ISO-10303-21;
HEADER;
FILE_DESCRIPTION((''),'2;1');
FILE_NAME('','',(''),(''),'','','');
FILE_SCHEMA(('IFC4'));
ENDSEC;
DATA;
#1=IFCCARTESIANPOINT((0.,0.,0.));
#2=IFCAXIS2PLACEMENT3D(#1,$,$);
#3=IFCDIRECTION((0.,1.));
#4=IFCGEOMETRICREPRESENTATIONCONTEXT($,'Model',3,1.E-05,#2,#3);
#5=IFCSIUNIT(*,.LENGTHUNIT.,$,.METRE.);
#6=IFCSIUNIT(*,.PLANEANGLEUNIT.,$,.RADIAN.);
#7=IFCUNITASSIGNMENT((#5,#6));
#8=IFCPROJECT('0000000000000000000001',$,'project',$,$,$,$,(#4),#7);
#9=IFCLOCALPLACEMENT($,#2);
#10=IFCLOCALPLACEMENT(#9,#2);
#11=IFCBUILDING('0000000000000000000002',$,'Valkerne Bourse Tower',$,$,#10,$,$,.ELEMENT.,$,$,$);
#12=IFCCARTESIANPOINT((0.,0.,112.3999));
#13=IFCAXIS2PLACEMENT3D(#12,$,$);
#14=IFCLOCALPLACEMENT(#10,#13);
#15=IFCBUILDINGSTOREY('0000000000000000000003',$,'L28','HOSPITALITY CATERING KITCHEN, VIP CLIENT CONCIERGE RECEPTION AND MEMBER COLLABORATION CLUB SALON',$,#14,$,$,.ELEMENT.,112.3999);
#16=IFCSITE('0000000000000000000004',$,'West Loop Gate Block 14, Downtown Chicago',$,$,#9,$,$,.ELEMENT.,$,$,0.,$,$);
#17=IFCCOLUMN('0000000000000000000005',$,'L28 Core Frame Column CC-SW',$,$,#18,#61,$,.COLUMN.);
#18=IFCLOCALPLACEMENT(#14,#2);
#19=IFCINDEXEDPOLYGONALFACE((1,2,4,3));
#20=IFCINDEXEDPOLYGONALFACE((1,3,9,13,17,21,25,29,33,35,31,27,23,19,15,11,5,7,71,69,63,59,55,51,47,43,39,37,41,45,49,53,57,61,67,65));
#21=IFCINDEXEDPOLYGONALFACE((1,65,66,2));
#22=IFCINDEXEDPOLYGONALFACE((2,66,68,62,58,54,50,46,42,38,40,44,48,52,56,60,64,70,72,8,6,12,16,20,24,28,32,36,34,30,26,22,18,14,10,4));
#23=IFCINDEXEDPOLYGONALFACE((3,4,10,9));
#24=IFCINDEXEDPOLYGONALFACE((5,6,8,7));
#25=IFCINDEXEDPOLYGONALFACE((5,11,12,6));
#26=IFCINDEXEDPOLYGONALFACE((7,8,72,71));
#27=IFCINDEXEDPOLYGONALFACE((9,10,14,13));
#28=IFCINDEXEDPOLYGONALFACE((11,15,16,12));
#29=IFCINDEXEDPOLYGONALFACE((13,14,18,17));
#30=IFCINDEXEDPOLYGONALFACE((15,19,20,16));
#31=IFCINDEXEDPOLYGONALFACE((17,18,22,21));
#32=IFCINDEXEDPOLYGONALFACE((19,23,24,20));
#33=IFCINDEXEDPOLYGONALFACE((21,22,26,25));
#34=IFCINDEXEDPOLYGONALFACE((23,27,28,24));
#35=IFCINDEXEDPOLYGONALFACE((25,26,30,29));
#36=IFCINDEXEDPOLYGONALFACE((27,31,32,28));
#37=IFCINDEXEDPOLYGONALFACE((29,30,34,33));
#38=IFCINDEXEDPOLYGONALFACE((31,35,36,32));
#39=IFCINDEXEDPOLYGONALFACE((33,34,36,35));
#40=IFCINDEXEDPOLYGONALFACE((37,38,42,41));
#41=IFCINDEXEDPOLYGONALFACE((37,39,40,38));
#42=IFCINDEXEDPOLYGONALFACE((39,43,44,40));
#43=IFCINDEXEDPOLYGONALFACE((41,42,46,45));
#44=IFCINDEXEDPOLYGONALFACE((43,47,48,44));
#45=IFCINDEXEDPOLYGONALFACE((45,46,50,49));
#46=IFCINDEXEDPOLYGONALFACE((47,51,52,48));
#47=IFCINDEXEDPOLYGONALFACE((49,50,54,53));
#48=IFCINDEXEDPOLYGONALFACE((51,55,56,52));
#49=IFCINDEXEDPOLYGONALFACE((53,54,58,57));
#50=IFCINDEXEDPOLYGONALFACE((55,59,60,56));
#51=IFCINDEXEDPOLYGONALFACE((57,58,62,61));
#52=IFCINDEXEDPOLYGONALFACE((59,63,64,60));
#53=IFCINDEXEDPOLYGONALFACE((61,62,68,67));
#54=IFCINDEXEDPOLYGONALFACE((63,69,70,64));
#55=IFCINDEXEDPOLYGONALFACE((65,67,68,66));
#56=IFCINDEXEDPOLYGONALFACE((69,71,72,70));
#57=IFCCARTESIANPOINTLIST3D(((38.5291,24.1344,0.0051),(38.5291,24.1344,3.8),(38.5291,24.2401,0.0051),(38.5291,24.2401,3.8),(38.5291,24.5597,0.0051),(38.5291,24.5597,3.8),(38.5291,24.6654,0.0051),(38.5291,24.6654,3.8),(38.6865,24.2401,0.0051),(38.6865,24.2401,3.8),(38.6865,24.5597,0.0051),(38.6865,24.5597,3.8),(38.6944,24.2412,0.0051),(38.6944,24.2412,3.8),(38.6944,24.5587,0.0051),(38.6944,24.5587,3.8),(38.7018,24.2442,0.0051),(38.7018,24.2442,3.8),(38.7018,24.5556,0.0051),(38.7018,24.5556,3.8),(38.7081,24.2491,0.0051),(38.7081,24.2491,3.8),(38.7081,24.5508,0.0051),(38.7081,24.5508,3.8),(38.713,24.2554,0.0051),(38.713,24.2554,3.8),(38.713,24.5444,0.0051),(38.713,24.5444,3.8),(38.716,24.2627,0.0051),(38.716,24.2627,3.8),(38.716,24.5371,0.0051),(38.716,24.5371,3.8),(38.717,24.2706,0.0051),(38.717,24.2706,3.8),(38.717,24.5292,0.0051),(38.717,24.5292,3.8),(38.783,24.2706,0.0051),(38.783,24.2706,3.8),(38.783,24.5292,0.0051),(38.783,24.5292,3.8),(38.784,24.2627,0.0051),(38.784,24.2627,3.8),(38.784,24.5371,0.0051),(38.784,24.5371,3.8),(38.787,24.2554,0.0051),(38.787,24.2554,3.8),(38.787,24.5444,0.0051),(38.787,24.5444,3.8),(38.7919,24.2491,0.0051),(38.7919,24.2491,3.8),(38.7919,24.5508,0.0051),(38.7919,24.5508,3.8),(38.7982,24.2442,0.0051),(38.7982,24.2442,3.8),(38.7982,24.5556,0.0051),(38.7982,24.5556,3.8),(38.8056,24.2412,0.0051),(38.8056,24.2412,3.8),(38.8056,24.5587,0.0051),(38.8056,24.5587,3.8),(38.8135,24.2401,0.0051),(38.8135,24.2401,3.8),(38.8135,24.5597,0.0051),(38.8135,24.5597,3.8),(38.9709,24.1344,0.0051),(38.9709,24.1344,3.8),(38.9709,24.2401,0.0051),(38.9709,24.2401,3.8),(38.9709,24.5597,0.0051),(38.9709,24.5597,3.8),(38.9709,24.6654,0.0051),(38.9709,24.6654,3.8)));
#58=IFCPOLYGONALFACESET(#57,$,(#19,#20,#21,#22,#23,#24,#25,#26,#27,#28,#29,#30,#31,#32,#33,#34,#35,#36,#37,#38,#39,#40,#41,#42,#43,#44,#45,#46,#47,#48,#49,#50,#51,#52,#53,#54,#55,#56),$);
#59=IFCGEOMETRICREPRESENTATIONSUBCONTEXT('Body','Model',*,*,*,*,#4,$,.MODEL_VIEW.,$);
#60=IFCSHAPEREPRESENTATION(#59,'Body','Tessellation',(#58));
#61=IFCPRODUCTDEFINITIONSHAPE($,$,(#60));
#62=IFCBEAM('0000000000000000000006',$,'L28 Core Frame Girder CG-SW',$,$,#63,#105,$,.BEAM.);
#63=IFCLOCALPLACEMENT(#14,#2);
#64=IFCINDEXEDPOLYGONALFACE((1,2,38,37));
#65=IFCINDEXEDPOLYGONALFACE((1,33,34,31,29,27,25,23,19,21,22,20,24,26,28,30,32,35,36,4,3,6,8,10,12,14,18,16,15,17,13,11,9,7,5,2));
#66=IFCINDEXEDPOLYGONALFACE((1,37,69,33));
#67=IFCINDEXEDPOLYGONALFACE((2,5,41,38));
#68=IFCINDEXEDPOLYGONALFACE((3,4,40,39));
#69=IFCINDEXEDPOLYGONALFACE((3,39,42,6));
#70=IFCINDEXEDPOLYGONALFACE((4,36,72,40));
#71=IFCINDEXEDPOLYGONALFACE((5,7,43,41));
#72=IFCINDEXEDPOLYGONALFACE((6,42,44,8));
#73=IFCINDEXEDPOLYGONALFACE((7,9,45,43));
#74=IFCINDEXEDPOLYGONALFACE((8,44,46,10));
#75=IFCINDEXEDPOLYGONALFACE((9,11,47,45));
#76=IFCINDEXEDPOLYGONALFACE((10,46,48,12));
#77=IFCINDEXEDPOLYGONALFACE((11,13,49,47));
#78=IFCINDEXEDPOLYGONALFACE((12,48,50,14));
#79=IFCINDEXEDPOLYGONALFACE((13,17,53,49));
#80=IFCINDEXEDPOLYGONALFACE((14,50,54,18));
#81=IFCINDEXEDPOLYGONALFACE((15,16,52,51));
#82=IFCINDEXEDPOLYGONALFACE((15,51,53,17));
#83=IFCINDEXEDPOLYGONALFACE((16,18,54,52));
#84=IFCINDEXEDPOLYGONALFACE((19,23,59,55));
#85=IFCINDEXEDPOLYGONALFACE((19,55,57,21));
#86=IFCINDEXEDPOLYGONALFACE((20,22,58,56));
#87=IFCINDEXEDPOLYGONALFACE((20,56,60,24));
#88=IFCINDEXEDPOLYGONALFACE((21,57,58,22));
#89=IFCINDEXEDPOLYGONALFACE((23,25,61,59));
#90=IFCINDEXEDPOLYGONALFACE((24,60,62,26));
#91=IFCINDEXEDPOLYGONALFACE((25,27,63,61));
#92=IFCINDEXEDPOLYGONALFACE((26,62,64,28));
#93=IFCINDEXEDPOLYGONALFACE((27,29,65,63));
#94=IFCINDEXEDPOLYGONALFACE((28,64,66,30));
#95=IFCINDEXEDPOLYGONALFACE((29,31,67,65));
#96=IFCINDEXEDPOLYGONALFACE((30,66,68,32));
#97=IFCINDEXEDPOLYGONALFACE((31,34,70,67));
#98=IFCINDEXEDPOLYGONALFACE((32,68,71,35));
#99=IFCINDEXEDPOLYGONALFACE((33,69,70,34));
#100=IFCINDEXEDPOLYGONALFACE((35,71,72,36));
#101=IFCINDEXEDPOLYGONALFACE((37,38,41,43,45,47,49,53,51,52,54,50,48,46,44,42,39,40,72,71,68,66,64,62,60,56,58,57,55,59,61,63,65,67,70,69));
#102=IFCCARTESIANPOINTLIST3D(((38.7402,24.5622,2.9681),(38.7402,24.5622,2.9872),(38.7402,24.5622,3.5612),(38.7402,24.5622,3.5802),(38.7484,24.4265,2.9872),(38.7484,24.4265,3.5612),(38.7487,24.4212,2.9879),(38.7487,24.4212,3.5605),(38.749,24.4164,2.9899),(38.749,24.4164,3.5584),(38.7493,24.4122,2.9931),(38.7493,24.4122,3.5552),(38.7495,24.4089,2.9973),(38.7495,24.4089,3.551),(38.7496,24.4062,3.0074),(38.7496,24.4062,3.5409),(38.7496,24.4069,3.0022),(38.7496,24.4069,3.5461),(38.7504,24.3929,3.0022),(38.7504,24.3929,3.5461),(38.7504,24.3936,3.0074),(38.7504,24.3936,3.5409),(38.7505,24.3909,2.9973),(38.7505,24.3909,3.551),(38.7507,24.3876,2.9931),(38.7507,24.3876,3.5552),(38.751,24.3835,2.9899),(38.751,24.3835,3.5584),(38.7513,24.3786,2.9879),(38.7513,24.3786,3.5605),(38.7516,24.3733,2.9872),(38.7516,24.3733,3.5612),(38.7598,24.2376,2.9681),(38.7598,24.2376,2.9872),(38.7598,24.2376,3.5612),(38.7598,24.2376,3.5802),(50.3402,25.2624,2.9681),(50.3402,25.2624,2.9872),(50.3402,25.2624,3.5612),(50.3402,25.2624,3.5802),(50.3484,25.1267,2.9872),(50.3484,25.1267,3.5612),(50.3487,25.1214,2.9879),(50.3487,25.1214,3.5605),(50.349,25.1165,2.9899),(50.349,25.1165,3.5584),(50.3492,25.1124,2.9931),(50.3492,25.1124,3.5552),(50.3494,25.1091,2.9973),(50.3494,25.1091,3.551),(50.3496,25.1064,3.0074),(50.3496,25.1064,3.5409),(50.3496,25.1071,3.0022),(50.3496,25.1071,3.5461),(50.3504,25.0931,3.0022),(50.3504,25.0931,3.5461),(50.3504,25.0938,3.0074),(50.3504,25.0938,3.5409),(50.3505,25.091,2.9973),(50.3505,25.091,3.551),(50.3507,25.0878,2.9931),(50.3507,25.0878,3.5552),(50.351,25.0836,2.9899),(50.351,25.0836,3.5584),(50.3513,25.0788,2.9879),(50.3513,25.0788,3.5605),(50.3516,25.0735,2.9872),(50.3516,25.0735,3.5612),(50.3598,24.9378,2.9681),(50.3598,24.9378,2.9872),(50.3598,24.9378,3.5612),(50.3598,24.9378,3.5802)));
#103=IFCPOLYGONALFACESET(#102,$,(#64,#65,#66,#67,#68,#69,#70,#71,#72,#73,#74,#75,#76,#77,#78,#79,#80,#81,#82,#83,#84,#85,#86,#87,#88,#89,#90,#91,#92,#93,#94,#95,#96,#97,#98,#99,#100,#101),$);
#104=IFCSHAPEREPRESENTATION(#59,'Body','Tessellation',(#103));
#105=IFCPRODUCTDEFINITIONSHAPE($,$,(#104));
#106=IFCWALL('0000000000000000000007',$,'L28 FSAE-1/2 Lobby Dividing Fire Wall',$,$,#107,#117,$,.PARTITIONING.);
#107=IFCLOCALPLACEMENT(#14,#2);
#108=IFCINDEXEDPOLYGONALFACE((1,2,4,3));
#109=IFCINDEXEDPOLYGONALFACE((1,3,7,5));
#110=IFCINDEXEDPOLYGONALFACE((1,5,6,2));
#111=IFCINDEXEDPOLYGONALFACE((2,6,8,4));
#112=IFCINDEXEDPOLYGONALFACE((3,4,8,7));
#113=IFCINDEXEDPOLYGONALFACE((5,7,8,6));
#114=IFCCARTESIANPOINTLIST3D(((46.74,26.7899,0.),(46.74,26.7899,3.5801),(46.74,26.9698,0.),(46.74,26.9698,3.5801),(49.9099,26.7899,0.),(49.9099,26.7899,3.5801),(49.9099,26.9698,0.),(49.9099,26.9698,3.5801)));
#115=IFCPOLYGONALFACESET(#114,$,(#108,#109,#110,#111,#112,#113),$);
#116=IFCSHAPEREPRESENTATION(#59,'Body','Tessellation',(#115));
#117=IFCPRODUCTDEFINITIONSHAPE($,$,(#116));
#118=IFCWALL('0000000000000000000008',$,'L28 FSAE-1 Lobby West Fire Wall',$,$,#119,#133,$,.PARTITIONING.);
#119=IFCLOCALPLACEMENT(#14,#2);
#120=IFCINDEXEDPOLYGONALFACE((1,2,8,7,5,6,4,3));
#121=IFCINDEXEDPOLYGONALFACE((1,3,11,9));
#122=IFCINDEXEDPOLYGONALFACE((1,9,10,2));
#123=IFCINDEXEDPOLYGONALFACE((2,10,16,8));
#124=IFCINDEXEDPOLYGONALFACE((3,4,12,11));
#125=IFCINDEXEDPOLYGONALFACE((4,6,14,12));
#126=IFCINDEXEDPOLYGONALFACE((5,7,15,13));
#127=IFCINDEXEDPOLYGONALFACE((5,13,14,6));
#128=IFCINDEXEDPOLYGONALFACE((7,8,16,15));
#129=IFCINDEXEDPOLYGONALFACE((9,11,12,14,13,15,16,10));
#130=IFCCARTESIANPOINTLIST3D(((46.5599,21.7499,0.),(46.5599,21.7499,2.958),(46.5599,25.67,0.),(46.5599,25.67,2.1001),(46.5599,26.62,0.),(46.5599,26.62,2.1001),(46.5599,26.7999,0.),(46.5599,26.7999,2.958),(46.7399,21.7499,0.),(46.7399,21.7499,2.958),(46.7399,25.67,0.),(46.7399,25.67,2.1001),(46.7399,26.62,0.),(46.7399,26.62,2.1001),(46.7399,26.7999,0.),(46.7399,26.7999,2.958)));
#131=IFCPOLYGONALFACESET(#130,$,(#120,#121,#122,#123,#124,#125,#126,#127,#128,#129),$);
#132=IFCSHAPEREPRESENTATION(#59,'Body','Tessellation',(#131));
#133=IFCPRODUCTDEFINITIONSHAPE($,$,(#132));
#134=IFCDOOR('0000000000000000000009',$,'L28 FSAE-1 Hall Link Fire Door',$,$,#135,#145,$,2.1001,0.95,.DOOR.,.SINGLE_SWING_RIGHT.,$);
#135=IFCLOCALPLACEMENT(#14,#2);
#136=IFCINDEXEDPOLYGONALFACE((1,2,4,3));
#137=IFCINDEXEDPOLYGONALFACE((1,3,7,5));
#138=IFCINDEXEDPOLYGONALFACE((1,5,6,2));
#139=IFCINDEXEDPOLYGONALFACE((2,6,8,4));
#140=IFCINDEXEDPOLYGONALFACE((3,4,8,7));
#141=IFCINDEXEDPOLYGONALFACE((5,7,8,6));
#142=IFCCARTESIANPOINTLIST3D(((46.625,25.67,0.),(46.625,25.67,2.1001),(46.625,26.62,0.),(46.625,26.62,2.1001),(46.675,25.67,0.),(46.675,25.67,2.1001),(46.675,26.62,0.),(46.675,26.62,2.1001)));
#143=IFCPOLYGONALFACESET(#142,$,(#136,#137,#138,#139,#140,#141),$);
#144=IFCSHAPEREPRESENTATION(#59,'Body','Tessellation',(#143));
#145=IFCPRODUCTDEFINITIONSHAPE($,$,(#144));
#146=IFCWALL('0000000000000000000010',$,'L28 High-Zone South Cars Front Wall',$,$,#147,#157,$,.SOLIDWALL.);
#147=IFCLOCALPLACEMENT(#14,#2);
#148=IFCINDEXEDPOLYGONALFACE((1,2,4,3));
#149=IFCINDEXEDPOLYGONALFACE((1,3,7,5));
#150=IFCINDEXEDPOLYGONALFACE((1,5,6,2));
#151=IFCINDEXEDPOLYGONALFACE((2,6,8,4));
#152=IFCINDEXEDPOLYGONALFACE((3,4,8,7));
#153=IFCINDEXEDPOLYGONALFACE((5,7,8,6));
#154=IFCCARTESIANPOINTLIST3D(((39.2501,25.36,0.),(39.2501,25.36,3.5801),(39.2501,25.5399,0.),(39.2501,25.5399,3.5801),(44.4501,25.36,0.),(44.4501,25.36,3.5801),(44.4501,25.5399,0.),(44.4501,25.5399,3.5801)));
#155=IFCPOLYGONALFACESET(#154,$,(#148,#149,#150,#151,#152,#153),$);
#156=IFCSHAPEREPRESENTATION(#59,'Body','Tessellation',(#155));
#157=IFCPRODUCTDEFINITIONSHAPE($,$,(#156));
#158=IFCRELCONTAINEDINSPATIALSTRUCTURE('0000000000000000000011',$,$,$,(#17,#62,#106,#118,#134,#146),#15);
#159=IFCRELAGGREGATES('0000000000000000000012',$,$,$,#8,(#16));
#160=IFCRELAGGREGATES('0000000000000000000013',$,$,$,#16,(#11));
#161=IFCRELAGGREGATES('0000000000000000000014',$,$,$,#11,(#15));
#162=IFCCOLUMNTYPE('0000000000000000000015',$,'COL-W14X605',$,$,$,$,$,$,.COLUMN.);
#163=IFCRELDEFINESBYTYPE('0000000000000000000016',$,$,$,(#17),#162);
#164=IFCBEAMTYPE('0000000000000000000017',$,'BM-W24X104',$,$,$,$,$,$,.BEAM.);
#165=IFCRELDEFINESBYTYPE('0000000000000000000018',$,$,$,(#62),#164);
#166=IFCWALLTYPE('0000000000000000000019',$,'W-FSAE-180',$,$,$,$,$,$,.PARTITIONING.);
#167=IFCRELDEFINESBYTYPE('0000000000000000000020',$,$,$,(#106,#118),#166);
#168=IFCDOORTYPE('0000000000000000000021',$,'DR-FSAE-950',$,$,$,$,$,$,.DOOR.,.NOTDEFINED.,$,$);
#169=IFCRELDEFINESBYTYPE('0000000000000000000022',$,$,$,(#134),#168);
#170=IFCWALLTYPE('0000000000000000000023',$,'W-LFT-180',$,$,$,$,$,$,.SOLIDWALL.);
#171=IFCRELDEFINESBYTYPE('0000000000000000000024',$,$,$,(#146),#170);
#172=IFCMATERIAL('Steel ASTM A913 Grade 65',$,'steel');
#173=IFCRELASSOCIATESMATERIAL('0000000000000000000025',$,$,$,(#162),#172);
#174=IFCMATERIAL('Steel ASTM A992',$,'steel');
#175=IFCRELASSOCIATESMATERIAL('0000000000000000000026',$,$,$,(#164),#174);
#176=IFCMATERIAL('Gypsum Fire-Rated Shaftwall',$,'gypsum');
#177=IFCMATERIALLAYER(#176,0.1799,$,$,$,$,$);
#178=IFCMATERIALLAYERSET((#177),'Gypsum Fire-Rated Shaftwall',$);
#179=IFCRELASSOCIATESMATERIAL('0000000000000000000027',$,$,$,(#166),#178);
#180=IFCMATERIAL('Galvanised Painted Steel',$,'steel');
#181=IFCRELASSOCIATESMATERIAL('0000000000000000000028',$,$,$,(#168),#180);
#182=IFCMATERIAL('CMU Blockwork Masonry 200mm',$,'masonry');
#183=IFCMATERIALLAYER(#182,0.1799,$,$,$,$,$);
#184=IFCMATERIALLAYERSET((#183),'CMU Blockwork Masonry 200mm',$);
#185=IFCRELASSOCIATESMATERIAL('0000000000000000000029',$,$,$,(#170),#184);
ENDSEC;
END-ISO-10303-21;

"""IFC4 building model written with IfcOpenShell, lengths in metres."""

from ifc_helpers import new_model, si_unit, direction, frame, frame_2d, origin, origin_2d, place, context, subcontext, project, spatial, rectangle, i_section, extrude, material, layer, layer_set, material_profile, profile_set, type_object, element, fill, save


model = new_model("IFC4")

# Units and contexts
model_context = context("Model", 3, precision=1e-05, world=origin(), true_north=direction((0.0, 1.0)))
body_context = subcontext(model_context, "Body", "Model", "MODEL_VIEW")
ifc_project = project(units=[si_unit("LENGTHUNIT", "METRE"), si_unit("PLANEANGLEUNIT", "RADIAN")], contexts=[model_context])

# Site, building, storey
site_placement = place(None, origin())
site = spatial("IfcSite", under=ifc_project, at=site_placement, Name="West Loop Gate Block 14, Downtown Chicago", CompositionType="ELEMENT", RefElevation=0.0)
building_placement = place(site_placement, origin())
building = spatial("IfcBuilding", under=site, at=building_placement, Name="Valkerne Bourse Tower", CompositionType="ELEMENT")
storey_placement = place(building_placement, frame((0.0, 0.0, 112.3999)))
storey = spatial("IfcBuildingStorey", under=building, at=storey_placement, Name="L28", Description="HOSPITALITY CATERING KITCHEN, VIP CLIENT CONCIERGE RECEPTION AND MEMBER COLLABORATION CLUB SALON", CompositionType="ELEMENT", Elevation=112.3999)

# Column
ifc_material_1 = material(Name="Steel ASTM A913 Grade 65", Category="steel")
ifc_material_profile_1 = material_profile(ifc_material_1, i_section(OverallWidth=0.4419, OverallDepth=0.531, WebThickness=0.0659, FlangeThickness=0.1057, FilletRadius=0.0305, at=origin_2d()), Name="W14X605")
ifc_profile_set_1 = profile_set([ifc_material_profile_1], Name="Steel ASTM A913 Grade 65")
column_type = type_object("IfcColumnType", Name="COL-W14X605", PredefinedType="COLUMN", material=ifc_profile_set_1)
column_placement = place(storey_placement, frame((38.75, 24.3999, 0.0051), z_axis=(0.0, 0.0, 1.0), x_axis=(1.0, 0.0, 0.0)))
element("IfcColumn", 1, at=column_placement, inside=storey, type_object=column_type, Name="L28 Core Frame Column CC-SW", PredefinedType="COLUMN", context=body_context, shape_type="SweptSolid", body=[
    extrude(i_section(OverallWidth=0.4419, OverallDepth=0.531, WebThickness=0.0659, FlangeThickness=0.1057, FilletRadius=0.0305, at=origin_2d()), origin(), (0.0, 0.0, 1.0), 3.7949),
])

# Beam
ifc_material_2 = material(Name="Steel ASTM A992", Category="steel")
ifc_material_profile_2 = material_profile(ifc_material_2, i_section(OverallWidth=0.3252, OverallDepth=0.6121, WebThickness=0.0127, FlangeThickness=0.019, FilletRadius=0.0203, at=origin_2d()), Name="W24X104")
ifc_profile_set_2 = profile_set([ifc_material_profile_2], Name="Steel ASTM A992")
beam_type = type_object("IfcBeamType", Name="BM-W24X104", PredefinedType="BEAM", material=ifc_profile_set_2)
beam_placement = place(storey_placement, frame((38.75, 24.3999, 3.2742), z_axis=(0.998183, 0.060251, 0.0), x_axis=(-0.060251, 0.998183, 0.0)))
element("IfcBeam", 2, at=beam_placement, inside=storey, type_object=beam_type, Name="L28 Core Frame Girder CG-SW", PredefinedType="BEAM", context=body_context, shape_type="SweptSolid", body=[
    extrude(i_section(OverallWidth=0.3252, OverallDepth=0.6121, WebThickness=0.0127, FlangeThickness=0.019, FilletRadius=0.0203, at=origin_2d()), origin(), (0.0, 0.0, 1.0), 11.6211),
])

# Wall
ifc_material_3 = material(Name="Gypsum Fire-Rated Shaftwall", Category="gypsum")
ifc_layer_1 = layer(ifc_material_3, 0.1799)
ifc_layer_set_1 = layer_set([ifc_layer_1], Name="Gypsum Fire-Rated Shaftwall")
wall_type_1 = type_object("IfcWallType", Name="W-FSAE-180", PredefinedType="PARTITIONING", material=ifc_layer_set_1)
wall_1_placement = place(storey_placement, frame((46.74, 26.8799, 0.0), z_axis=(0.0, 0.0, 1.0), x_axis=(1.0, 0.0, 0.0)))
element("IfcWall", 3, at=wall_1_placement, inside=storey, type_object=wall_type_1, Name="L28 FSAE-1/2 Lobby Dividing Fire Wall", PredefinedType="PARTITIONING", context=body_context, shape_type="SweptSolid", body=[
    extrude(rectangle(XDim=3.1699, YDim=0.1799, at=frame_2d((1.585, 0.0))), origin(), (0.0, 0.0, 1.0), 3.5801),
])

# Wall, opening, door
wall_2_placement = place(storey_placement, frame((46.6499, 21.75, 0.0), z_axis=(0.0, 0.0, 1.0), x_axis=(0.0, 1.0, 0.0)))
wall_2 = element("IfcWall", 4, at=wall_2_placement, inside=storey, type_object=wall_type_1, Name="L28 FSAE-1 Lobby West Fire Wall", PredefinedType="PARTITIONING", context=body_context, shape_type="SweptSolid", body=[
    extrude(rectangle(XDim=5.05, YDim=0.1799, at=frame_2d((2.5249, 0.0))), origin(), (0.0, 0.0, 1.0), 2.958),
])
opening_1_placement = place(wall_2_placement, frame((3.9199, 0.0, 0.0)))
opening_1 = element("IfcOpeningElement", 5, at=opening_1_placement, cuts=wall_2, PredefinedType="OPENING", context=body_context, shape_type="SweptSolid", body=[
    extrude(rectangle(XDim=0.95, YDim=2.1001, at=frame_2d((0.4751, 1.05))), frame((0.0, 0.0999, 0.0), z_axis=(0.0, -1.0, 0.0), x_axis=(1.0, 0.0, 0.0)), (0.0, 0.0, 1.0), 0.2),
])
ifc_material_4 = material(Name="Galvanised Painted Steel", Category="steel")
door_type_1 = type_object("IfcDoorType", Name="DR-FSAE-950", OperationType="NOTDEFINED", PredefinedType="DOOR", material=ifc_material_4)
door_1_placement = place(opening_1_placement, origin())
door_1 = element("IfcDoor", 6, at=door_1_placement, inside=storey, type_object=door_type_1, Name="L28 FSAE-1 Hall Link Fire Door", OperationType="SINGLE_SWING_RIGHT", OverallHeight=2.1001, OverallWidth=0.95, PredefinedType="DOOR", context=body_context, shape_type="SweptSolid", body=[
    extrude(rectangle(XDim=0.95, YDim=2.1001, at=frame_2d((0.4751, 1.05))), frame((0.0, 0.0249, 0.0), z_axis=(0.0, -1.0, 0.0), x_axis=(1.0, 0.0, 0.0)), (0.0, 0.0, 1.0), 0.05),
])
fill(opening_1, door_1)

# Shared definitions
ifc_material_5 = material(Name="CMU Blockwork Masonry 200mm", Category="masonry")
ifc_layer_2 = layer(ifc_material_5, 0.1799)
ifc_layer_set_2 = layer_set([ifc_layer_2], Name="CMU Blockwork Masonry 200mm")
wall_type_2 = type_object("IfcWallType", Name="W-LFT-180", PredefinedType="SOLIDWALL", material=ifc_layer_set_2)

# Wall
wall_3_placement = place(storey_placement, frame((39.25, 25.45, 0.0), z_axis=(0.0, 0.0, 1.0), x_axis=(1.0, 0.0, 0.0)))
element("IfcWall", 7, at=wall_3_placement, inside=storey, type_object=wall_type_2, Name="L28 High-Zone South Cars Front Wall", PredefinedType="SOLIDWALL", context=body_context, shape_type="SweptSolid", body=[
    extrude(rectangle(XDim=5.2, YDim=0.1799, at=frame_2d((2.6001, 0.0))), origin(), (0.0, 0.0, 1.0), 3.5801),
])

save(model, "model.ifc")
